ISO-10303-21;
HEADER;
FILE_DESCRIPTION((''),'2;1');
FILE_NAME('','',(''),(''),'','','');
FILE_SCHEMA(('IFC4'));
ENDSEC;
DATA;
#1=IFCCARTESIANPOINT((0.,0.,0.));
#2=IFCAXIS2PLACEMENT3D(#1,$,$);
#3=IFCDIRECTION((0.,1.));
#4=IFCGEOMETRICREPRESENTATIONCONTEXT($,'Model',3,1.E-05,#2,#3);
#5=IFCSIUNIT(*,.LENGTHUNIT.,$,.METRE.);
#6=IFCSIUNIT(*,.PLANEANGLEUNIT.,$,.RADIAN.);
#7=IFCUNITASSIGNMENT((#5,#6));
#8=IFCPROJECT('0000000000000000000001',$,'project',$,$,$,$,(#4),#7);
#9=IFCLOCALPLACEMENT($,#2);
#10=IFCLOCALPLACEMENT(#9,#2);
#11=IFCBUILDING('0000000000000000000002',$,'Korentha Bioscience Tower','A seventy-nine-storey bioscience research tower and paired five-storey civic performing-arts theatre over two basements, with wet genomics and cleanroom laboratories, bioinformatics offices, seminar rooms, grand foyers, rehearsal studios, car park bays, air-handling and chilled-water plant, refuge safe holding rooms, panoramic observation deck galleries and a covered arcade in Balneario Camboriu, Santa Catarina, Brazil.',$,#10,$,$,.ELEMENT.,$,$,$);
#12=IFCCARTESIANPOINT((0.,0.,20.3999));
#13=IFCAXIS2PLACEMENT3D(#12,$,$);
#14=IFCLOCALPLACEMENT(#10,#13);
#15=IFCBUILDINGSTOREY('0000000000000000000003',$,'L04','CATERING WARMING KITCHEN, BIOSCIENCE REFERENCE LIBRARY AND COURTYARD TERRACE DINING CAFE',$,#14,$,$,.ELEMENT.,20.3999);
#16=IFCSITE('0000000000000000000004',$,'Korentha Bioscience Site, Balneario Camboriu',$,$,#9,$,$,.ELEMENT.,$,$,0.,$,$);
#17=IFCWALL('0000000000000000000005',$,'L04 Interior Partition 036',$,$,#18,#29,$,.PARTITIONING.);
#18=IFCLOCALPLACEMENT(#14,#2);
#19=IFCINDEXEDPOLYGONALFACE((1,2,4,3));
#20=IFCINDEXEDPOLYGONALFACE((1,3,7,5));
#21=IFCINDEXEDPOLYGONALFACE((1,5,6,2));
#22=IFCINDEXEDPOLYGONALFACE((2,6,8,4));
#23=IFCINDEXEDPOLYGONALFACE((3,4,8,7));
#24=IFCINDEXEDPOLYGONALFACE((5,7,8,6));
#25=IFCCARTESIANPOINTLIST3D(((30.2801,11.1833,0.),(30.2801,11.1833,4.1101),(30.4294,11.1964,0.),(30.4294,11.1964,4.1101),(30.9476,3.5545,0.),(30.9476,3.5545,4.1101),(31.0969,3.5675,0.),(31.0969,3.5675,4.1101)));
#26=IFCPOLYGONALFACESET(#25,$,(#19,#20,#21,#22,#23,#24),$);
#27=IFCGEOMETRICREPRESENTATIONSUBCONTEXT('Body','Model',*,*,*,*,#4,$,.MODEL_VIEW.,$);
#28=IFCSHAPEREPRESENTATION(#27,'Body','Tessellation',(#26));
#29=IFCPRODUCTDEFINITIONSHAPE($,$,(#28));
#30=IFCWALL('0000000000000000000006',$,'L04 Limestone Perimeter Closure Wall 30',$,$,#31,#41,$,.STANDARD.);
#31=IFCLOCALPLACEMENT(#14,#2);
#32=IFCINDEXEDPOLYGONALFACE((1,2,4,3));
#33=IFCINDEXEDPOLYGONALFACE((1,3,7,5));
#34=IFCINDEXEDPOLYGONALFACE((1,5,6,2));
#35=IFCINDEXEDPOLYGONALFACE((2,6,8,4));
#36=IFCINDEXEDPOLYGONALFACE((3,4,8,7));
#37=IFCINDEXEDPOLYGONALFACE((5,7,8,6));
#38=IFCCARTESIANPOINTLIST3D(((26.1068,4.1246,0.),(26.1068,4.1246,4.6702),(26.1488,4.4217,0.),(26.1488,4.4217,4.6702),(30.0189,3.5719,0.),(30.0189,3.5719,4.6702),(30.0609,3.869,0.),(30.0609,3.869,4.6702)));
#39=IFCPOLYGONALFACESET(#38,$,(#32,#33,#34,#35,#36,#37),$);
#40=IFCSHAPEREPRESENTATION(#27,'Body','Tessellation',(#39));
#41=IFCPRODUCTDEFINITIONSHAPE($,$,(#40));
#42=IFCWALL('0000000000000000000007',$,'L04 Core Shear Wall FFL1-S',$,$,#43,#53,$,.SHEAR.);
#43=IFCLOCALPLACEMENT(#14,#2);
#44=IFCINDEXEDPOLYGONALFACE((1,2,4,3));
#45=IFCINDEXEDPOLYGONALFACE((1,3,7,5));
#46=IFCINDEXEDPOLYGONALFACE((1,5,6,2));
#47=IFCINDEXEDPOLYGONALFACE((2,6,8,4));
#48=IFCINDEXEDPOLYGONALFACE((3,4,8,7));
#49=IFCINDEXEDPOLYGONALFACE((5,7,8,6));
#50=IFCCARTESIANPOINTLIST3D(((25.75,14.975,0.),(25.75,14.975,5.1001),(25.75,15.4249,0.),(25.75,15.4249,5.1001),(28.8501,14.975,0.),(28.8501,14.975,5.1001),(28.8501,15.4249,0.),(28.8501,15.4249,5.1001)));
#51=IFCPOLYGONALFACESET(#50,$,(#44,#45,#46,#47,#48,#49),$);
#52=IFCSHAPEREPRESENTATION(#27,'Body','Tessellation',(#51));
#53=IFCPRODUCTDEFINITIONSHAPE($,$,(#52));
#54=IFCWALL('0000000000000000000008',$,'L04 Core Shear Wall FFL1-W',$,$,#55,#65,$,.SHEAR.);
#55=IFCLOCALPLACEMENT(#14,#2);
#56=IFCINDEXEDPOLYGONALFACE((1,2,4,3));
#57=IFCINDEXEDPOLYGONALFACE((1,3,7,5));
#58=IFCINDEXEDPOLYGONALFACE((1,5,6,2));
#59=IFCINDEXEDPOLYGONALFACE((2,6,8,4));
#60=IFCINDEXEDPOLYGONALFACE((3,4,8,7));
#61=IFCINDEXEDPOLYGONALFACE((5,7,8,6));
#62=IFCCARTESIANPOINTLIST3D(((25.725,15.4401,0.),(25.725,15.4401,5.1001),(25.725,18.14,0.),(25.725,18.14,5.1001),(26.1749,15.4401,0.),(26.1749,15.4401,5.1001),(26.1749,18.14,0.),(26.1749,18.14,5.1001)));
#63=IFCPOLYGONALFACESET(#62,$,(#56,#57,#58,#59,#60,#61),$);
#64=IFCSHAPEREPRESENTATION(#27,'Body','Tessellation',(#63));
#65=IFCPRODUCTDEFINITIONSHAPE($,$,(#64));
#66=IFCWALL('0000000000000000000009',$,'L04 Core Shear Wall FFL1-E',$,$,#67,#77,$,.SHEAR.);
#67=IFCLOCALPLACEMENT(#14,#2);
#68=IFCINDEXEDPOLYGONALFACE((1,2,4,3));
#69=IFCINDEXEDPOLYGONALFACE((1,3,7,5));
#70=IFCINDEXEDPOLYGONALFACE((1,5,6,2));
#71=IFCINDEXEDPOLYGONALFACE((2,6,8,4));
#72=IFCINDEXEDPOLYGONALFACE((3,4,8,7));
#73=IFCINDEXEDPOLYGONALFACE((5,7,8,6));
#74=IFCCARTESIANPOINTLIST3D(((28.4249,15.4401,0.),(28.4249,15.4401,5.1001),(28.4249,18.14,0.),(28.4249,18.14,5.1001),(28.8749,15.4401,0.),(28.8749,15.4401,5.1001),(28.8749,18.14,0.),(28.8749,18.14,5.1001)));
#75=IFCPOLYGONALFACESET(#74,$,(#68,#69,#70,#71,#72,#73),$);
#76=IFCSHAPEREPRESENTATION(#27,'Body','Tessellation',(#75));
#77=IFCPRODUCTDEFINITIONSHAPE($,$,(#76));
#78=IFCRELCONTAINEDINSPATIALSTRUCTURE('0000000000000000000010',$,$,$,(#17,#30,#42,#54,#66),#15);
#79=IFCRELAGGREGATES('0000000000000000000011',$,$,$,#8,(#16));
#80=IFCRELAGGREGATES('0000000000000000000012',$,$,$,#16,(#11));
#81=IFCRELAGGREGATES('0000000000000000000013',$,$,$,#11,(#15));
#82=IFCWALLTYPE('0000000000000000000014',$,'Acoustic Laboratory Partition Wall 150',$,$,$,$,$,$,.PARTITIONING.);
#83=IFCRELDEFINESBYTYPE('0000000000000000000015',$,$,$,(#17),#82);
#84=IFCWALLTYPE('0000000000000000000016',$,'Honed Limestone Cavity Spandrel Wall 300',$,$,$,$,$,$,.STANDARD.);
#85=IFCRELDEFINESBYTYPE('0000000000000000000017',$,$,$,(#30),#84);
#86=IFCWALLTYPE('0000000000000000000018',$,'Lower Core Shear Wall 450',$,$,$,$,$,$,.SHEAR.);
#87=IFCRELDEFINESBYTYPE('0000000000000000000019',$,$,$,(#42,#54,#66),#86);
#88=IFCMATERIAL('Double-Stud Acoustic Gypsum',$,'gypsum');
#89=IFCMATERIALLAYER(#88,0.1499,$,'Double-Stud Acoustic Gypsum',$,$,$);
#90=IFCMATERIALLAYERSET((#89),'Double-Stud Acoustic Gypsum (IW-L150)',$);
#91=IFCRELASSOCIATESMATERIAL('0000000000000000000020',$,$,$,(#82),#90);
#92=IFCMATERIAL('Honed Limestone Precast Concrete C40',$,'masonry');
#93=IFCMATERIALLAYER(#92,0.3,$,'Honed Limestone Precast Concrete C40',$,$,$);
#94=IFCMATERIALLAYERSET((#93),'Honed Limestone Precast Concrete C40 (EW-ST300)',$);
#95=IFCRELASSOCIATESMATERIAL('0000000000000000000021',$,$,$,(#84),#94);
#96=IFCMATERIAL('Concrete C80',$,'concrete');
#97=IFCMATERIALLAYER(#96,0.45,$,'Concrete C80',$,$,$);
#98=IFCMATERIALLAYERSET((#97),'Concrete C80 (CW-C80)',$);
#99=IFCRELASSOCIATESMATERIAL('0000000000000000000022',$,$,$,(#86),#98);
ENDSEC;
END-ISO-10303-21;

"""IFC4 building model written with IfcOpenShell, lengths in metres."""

from ifc_helpers import new_model, si_unit, direction, frame, frame_2d, origin, place, context, subcontext, project, spatial, rectangle, extrude, material, layer, layer_set, type_object, element, save


model = new_model("IFC4")

# Units and contexts
model_context = context("Model", 3, precision=1e-05, world=origin(), true_north=direction((0.0, 1.0)))
body_context = subcontext(model_context, "Body", "Model", "MODEL_VIEW")
ifc_project = project(units=[si_unit("LENGTHUNIT", "METRE"), si_unit("PLANEANGLEUNIT", "RADIAN")], contexts=[model_context])

# Site, building, storey
site_placement = place(None, origin())
site = spatial("IfcSite", under=ifc_project, at=site_placement, Name="Korentha Bioscience Site, Balneario Camboriu", CompositionType="ELEMENT", RefElevation=0.0)
building_placement = place(site_placement, origin())
building = spatial("IfcBuilding", under=site, at=building_placement, Name="Korentha Bioscience Tower", Description="A seventy-nine-storey bioscience research tower and paired five-storey civic performing-arts theatre over two basements, with wet genomics and cleanroom laboratories, bioinformatics offices, seminar rooms, grand foyers, rehearsal studios, car park bays, air-handling and chilled-water plant, refuge safe holding rooms, panoramic observation deck galleries and a covered arcade in Balneario Camboriu, Santa Catarina, Brazil.", CompositionType="ELEMENT")
storey_placement = place(building_placement, frame((0.0, 0.0, 20.3999)))
storey = spatial("IfcBuildingStorey", under=building, at=storey_placement, Name="L04", Description="CATERING WARMING KITCHEN, BIOSCIENCE REFERENCE LIBRARY AND COURTYARD TERRACE DINING CAFE", CompositionType="ELEMENT", Elevation=20.3999)

# Shared definitions
ifc_material_1 = material(Name="Concrete C80", Category="concrete")

# Shared definitions
ifc_material_2 = material(Name="Double-Stud Acoustic Gypsum", Category="gypsum")
ifc_layer_1 = layer(ifc_material_2, 0.1499, Name="Double-Stud Acoustic Gypsum")
ifc_layer_set_1 = layer_set([ifc_layer_1], Name="Double-Stud Acoustic Gypsum (IW-L150)")
wall_type_1 = type_object("IfcWallType", Name="Acoustic Laboratory Partition Wall 150", PredefinedType="PARTITIONING", material=ifc_layer_set_1)

# Walls
wall_1_placement = place(storey_placement, frame((30.3547, 11.1899, 0.0), z_axis=(0.0, 0.0, 1.0), x_axis=(0.087161, -0.996194, 0.0)))
element("IfcWall", 1, at=wall_1_placement, inside=storey, type_object=wall_type_1, Name="L04 Interior Partition 036", PredefinedType="PARTITIONING", context=body_context, shape_type="SweptSolid", body=[
    extrude(rectangle(XDim=7.658, YDim=0.1499, at=frame_2d((3.8291, 0.0))), origin(), (0.0, 0.0, 1.0), 4.1101),
])
ifc_material_3 = material(Name="Honed Limestone Precast Concrete C40", Category="masonry")
ifc_layer_2 = layer(ifc_material_3, 0.3, Name="Honed Limestone Precast Concrete C40")
ifc_layer_set_2 = layer_set([ifc_layer_2], Name="Honed Limestone Precast Concrete C40 (EW-ST300)")
wall_type_2 = type_object("IfcWallType", Name="Honed Limestone Cavity Spandrel Wall 300", PredefinedType="STANDARD", material=ifc_layer_set_2)
wall_2_placement = place(storey_placement, frame((26.1277, 4.2732, 0.0), z_axis=(0.0, 0.0, 1.0), x_axis=(0.990166, -0.139899, 0.0)))
element("IfcWall", 2, at=wall_2_placement, inside=storey, type_object=wall_type_2, Name="L04 Limestone Perimeter Closure Wall 30", PredefinedType="STANDARD", context=body_context, shape_type="SweptSolid", body=[
    extrude(rectangle(XDim=3.9509, YDim=0.3, at=frame_2d((1.9756, 0.0))), origin(), (0.0, 0.0, 1.0), 4.6702),
])
ifc_layer_3 = layer(ifc_material_1, 0.45, Name="Concrete C80")
ifc_layer_set_3 = layer_set([ifc_layer_3], Name="Concrete C80 (CW-C80)")
wall_type_3 = type_object("IfcWallType", Name="Lower Core Shear Wall 450", PredefinedType="SHEAR", material=ifc_layer_set_3)
wall_3_placement = place(storey_placement, frame((25.75, 15.2, 0.0), z_axis=(0.0, 0.0, 1.0), x_axis=(1.0, 0.0, 0.0)))
element("IfcWall", 3, at=wall_3_placement, inside=storey, type_object=wall_type_3, Name="L04 Core Shear Wall FFL1-S", PredefinedType="SHEAR", context=body_context, shape_type="SweptSolid", body=[
    extrude(rectangle(XDim=3.1001, YDim=0.45, at=frame_2d((1.55, 0.0))), origin(), (0.0, 0.0, 1.0), 5.1001),
])
for number, where, z_axis, x_axis, name in (
    (4, (25.95, 15.4399, 0.0), (0.0, 0.0, 1.0), (0.0, 1.0, 0.0), "L04 Core Shear Wall FFL1-W"),
    (5, (28.6499, 15.4399, 0.0), (0.0, 0.0, 1.0), (0.0, 1.0, 0.0), "L04 Core Shear Wall FFL1-E"),
):
    element("IfcWall", number, at=place(storey_placement, frame(where, z_axis=z_axis, x_axis=x_axis)), inside=storey, type_object=wall_type_3, Name=name, PredefinedType="SHEAR", context=body_context, shape_type="SweptSolid", body=[
        extrude(rectangle(XDim=2.7, YDim=0.45, at=frame_2d((1.3501, 0.0))), origin(), (0.0, 0.0, 1.0), 5.1001),
    ])

save(model, "model.ifc")
